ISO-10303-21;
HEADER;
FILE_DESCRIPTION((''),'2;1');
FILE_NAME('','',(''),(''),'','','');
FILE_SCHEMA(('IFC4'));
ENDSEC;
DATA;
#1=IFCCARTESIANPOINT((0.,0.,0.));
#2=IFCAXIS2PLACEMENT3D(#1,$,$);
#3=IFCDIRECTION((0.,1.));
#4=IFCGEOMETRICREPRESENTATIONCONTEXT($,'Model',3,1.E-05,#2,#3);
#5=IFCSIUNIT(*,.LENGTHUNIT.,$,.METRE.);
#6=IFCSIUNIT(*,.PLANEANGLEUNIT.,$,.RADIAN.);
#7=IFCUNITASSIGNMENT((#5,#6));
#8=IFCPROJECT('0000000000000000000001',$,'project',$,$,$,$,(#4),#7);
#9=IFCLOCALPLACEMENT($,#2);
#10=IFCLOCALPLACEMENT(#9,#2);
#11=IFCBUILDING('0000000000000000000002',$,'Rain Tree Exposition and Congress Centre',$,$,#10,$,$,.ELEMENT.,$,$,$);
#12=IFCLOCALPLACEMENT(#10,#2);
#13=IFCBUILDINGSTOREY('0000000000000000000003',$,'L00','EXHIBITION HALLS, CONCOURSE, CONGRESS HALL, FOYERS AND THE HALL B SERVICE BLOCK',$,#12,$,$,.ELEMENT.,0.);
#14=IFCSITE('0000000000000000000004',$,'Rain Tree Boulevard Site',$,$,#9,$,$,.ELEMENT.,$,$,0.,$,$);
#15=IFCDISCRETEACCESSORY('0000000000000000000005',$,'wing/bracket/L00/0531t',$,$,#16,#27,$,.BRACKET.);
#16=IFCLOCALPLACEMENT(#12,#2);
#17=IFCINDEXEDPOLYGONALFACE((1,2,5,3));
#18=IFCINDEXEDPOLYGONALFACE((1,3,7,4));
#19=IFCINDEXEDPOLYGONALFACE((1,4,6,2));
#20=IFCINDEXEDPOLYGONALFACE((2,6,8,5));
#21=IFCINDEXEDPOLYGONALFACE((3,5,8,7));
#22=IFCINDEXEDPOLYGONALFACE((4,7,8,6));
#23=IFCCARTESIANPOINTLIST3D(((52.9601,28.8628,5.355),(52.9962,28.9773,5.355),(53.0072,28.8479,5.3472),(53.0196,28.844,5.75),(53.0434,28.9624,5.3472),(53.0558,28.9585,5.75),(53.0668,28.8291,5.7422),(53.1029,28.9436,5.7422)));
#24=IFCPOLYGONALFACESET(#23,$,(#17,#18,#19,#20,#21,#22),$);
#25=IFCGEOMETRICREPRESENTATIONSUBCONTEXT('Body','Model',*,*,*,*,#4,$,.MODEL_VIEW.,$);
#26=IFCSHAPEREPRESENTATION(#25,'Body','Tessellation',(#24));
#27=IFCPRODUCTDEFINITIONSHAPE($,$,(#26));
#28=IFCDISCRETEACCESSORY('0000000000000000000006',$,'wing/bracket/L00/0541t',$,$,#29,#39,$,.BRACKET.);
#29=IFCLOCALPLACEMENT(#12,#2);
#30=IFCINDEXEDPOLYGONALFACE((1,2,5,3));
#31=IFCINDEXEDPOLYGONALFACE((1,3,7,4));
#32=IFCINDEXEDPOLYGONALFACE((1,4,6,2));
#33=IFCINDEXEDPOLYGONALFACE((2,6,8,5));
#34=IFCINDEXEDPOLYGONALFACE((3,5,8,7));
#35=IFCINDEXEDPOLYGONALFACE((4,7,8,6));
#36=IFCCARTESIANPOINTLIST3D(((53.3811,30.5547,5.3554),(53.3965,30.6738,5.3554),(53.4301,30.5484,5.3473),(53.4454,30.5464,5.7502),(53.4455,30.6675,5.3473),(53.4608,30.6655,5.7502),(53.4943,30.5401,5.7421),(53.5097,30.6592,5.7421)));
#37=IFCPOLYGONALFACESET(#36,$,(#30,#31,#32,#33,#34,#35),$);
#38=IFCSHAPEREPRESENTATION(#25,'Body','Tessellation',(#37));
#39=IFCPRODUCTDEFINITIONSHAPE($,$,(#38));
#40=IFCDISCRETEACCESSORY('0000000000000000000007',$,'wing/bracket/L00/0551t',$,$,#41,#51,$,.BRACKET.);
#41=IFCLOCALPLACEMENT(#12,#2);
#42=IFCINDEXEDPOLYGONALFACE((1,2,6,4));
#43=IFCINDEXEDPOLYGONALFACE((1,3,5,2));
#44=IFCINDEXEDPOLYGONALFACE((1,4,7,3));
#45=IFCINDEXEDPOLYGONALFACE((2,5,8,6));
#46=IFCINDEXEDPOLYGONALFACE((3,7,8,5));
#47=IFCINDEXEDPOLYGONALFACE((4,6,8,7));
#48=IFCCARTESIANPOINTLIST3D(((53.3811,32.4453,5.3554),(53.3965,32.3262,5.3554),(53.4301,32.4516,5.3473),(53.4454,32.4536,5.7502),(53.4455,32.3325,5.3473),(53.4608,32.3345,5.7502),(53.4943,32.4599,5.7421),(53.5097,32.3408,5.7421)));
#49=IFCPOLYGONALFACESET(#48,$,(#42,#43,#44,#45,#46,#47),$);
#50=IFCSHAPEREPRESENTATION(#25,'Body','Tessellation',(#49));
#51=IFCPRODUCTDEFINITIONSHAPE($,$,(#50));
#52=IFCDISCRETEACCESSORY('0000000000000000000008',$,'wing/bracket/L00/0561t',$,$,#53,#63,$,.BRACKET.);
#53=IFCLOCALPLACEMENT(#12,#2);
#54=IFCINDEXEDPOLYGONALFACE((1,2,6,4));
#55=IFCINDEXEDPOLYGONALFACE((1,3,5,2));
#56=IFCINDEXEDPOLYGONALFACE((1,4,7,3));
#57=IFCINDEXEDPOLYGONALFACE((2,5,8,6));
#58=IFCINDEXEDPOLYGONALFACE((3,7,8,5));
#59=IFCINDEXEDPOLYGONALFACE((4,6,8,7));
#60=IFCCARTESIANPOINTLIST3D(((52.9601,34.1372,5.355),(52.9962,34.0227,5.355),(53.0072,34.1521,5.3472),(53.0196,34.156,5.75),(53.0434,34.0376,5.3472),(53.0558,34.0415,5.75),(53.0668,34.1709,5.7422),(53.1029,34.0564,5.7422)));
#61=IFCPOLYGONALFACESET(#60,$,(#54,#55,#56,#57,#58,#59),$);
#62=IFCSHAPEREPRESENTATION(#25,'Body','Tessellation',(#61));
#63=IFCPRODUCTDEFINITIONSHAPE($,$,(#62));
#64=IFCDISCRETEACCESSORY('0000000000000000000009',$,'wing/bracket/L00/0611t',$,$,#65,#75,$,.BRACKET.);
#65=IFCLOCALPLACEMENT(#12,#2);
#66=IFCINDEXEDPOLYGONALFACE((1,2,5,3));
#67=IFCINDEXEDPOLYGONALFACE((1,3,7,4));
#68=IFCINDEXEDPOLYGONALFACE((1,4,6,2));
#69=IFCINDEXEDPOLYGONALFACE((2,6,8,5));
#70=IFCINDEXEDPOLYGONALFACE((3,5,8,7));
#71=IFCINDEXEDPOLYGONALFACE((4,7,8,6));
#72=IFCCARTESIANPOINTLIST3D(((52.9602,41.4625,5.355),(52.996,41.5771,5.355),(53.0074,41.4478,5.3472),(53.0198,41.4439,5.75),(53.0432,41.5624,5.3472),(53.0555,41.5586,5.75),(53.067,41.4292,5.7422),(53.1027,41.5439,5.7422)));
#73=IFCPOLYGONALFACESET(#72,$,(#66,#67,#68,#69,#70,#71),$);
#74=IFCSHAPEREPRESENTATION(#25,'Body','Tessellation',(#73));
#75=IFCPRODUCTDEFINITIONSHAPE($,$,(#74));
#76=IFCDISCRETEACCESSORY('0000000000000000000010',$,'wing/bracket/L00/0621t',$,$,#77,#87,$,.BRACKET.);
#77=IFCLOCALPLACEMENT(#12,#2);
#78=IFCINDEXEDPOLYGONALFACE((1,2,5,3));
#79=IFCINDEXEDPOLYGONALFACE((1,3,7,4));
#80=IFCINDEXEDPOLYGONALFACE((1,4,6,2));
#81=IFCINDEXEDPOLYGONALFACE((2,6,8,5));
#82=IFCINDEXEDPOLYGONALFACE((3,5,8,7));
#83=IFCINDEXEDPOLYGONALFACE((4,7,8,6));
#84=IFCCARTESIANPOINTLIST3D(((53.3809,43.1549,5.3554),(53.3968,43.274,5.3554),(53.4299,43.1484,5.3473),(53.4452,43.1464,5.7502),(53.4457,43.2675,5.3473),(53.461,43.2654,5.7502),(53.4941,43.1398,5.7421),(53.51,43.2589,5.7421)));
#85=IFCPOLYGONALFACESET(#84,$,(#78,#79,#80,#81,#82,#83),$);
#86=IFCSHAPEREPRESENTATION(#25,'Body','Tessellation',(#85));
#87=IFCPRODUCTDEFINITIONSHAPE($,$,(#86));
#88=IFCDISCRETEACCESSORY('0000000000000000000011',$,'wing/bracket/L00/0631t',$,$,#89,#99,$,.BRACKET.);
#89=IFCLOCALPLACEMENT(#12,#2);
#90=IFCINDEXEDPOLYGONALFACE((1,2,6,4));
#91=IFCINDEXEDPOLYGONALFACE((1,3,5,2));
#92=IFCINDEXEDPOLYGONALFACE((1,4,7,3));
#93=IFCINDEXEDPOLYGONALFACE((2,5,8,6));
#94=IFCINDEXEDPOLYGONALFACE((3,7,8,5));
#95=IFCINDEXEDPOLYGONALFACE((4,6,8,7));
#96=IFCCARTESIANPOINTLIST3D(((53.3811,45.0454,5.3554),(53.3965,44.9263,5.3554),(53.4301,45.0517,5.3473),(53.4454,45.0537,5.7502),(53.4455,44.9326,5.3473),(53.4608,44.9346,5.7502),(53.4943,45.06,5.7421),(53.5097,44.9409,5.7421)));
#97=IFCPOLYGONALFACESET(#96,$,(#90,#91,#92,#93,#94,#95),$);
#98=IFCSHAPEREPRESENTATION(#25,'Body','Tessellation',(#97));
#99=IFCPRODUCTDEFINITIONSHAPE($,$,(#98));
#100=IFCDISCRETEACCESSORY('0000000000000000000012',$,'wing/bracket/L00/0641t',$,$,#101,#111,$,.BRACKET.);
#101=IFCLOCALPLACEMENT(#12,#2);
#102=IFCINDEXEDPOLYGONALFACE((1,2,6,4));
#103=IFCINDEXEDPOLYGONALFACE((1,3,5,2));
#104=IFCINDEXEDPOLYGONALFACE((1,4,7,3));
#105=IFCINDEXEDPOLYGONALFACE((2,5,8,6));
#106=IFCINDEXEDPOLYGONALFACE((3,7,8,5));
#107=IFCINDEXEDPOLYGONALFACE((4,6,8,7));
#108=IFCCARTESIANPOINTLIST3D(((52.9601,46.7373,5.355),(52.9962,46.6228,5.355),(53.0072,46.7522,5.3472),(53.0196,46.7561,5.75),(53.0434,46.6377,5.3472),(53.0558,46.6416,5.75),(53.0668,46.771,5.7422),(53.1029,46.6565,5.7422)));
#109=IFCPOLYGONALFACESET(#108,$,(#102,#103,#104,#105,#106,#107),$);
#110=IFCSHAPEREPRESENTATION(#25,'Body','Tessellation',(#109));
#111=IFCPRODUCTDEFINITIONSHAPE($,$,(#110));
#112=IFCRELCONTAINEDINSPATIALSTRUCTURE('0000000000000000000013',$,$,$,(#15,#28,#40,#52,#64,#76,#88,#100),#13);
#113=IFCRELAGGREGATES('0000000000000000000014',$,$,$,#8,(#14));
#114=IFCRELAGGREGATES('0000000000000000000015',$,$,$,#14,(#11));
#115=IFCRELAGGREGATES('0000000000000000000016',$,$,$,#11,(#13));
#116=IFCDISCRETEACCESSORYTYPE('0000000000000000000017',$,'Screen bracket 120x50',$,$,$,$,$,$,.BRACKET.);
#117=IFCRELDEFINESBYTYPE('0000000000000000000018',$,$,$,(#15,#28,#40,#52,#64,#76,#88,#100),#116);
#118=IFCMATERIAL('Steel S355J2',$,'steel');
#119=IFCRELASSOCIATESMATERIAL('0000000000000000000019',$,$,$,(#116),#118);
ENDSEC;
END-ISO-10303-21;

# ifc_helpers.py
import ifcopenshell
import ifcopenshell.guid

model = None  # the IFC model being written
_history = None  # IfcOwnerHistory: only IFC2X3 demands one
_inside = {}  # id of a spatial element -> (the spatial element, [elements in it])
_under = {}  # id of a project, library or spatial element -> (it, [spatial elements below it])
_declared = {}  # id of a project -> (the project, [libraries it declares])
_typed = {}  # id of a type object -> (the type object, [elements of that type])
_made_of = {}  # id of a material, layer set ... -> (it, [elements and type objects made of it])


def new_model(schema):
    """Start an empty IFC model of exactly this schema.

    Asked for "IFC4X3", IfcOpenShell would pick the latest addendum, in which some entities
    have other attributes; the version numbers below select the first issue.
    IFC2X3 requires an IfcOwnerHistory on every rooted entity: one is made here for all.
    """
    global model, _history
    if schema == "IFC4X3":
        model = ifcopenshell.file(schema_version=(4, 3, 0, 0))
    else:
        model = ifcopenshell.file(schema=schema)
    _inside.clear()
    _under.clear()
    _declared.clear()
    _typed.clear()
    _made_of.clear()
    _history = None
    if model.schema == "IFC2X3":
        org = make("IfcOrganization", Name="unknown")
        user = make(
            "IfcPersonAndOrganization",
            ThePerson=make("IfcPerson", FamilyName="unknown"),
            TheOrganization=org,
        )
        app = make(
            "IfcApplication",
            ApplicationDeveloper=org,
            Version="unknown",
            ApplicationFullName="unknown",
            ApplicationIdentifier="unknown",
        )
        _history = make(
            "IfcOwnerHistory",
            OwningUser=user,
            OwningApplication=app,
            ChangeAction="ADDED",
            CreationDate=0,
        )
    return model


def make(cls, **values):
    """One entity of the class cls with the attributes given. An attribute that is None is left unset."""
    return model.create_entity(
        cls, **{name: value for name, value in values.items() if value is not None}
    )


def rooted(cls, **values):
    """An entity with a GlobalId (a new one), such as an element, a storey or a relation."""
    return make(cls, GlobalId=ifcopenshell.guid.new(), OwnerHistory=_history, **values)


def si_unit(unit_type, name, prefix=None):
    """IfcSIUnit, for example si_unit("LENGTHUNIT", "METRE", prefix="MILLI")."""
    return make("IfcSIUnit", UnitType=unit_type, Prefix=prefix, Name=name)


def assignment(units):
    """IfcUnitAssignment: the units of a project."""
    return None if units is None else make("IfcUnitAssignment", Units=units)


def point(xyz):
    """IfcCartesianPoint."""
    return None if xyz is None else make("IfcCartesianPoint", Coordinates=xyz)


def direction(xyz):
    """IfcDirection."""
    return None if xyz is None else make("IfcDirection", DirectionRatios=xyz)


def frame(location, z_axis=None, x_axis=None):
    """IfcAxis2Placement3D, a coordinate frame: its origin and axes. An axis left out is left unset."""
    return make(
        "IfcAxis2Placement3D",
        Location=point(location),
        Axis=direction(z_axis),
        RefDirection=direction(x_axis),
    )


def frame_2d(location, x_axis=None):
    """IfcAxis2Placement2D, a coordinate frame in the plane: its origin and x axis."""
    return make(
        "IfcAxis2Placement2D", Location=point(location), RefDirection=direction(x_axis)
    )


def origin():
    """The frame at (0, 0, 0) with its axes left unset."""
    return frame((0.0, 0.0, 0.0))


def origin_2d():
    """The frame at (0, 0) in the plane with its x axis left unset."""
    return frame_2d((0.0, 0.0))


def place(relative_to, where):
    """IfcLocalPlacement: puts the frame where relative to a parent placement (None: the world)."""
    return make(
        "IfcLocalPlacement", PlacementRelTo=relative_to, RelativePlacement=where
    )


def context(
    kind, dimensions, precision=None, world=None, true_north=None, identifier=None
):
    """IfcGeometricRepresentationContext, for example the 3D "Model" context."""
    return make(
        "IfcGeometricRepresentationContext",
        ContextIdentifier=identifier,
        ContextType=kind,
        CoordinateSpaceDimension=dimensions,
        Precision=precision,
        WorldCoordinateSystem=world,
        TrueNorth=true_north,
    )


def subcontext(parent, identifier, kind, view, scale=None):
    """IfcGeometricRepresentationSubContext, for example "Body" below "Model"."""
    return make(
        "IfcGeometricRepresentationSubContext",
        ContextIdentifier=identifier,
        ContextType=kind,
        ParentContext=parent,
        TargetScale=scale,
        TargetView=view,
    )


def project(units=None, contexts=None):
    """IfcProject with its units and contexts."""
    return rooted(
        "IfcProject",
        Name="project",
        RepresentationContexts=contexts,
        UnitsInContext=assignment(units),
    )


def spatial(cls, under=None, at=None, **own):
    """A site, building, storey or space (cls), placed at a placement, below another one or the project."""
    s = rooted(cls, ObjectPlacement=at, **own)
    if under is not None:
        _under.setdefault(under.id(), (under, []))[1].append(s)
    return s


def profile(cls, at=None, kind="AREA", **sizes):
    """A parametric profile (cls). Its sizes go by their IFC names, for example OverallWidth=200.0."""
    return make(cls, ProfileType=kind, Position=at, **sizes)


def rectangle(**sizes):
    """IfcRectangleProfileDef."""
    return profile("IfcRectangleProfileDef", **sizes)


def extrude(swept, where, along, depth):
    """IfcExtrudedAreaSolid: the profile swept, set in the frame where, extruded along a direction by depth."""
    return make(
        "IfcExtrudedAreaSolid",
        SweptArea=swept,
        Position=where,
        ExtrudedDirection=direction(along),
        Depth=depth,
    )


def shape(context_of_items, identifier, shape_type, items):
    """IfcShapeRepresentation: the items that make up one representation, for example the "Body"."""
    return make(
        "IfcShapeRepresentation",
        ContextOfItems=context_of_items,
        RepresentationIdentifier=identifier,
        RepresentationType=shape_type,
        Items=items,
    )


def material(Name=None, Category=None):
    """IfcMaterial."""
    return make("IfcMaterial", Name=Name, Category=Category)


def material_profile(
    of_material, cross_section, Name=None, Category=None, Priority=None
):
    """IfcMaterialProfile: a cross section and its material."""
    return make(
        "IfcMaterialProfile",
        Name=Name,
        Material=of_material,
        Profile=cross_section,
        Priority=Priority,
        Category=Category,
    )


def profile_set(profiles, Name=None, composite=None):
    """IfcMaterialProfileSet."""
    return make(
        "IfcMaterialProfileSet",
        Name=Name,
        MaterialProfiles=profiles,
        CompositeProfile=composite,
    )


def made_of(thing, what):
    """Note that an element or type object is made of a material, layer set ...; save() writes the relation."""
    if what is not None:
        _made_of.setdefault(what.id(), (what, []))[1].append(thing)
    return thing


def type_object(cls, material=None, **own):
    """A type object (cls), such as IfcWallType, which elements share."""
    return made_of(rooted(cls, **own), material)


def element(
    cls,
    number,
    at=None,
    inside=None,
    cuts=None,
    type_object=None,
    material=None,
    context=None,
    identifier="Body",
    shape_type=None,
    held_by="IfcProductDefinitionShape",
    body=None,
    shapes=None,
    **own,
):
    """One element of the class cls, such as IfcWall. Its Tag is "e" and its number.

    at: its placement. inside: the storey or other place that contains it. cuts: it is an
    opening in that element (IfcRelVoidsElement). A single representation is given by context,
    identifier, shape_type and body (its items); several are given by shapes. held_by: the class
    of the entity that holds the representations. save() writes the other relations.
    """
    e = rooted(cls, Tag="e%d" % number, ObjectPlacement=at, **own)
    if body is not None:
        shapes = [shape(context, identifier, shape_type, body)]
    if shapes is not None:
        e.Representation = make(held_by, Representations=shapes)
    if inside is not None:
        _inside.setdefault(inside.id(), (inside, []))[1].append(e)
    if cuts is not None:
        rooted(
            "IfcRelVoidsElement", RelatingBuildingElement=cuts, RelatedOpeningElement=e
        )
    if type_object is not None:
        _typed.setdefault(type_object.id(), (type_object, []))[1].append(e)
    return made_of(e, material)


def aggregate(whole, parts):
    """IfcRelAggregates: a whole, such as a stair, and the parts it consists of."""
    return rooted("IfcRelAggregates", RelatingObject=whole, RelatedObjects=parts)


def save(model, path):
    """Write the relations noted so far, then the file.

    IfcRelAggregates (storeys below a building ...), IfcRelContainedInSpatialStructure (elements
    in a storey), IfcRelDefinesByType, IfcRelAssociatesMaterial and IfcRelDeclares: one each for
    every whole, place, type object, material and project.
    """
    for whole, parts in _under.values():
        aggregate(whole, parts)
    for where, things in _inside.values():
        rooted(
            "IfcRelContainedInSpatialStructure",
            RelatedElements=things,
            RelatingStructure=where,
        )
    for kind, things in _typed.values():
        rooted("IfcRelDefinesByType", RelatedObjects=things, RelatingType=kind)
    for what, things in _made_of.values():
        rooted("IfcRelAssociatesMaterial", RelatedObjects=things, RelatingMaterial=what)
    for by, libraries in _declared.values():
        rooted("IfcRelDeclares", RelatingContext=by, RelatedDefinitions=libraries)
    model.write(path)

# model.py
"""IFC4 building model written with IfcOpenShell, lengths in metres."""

from ifc_helpers import new_model, si_unit, direction, frame, origin, origin_2d, place, context, subcontext, project, spatial, rectangle, extrude, material, material_profile, profile_set, type_object, element, save


model = new_model("IFC4")

# Units and contexts
model_context = context("Model", 3, precision=1e-05, world=origin(), true_north=direction((0.0, 1.0)))
body_context = subcontext(model_context, "Body", "Model", "MODEL_VIEW")
ifc_project = project(units=[si_unit("LENGTHUNIT", "METRE"), si_unit("PLANEANGLEUNIT", "RADIAN")], contexts=[model_context])

# Site, building, storey
site_placement = place(None, origin())
site = spatial("IfcSite", under=ifc_project, at=site_placement, Name="Rain Tree Boulevard Site", CompositionType="ELEMENT", RefElevation=0.0)
building_placement = place(site_placement, origin())
building = spatial("IfcBuilding", under=site, at=building_placement, Name="Rain Tree Exposition and Congress Centre", CompositionType="ELEMENT")
storey_placement = place(building_placement, origin())
storey = spatial("IfcBuildingStorey", under=building, at=storey_placement, Name="L00", Description="EXHIBITION HALLS, CONCOURSE, CONGRESS HALL, FOYERS AND THE HALL B SERVICE BLOCK", CompositionType="ELEMENT", Elevation=0.0)

# Discrete accessories
ifc_material_1 = material(Name="Steel S355J2", Category="steel")
ifc_material_profile_1 = material_profile(ifc_material_1, rectangle(XDim=0.1201, YDim=0.05, at=origin_2d()), Name="Flat bar 120x50")
ifc_profile_set_1 = profile_set([ifc_material_profile_1], Name="Steel S355J2")
discrete_accessory_type = type_object("IfcDiscreteAccessoryType", Name="Screen bracket 120x50", PredefinedType="BRACKET", material=ifc_profile_set_1)
discrete_accessory_1_placement = place(storey_placement, frame((53.0017, 28.9126, 5.3511), z_axis=(0.148953, -0.047006, 0.987726), x_axis=(0.300944, 0.953642, 0.0)))
element("IfcDiscreteAccessory", 1, at=discrete_accessory_1_placement, inside=storey, type_object=discrete_accessory_type, Name="wing/bracket/L00/0531t", PredefinedType="BRACKET", context=body_context, shape_type="SweptSolid", body=[
    extrude(rectangle(XDim=0.1201, YDim=0.05, at=origin_2d()), origin(), (0.0, 0.0, 1.0), 0.3999),
])
for number, where, z_axis, x_axis, name in (
    (2, (53.4133, 30.6111, 5.3513), (0.160503, -0.020749, 0.986817), (0.128211, 0.991747, 0.0), "wing/bracket/L00/0541t"),
    (3, (53.4133, 32.3889, 5.3513), (0.160503, 0.020749, 0.986817), (-0.128211, 0.991747, 0.0), "wing/bracket/L00/0551t"),
):
    element("IfcDiscreteAccessory", number, at=place(storey_placement, frame(where, z_axis=z_axis, x_axis=x_axis)), inside=storey, type_object=discrete_accessory_type, Name=name, PredefinedType="BRACKET", context=body_context, shape_type="SweptSolid", body=[
        extrude(rectangle(XDim=0.1201, YDim=0.05, at=origin_2d()), origin(), (0.0, 0.0, 1.0), 0.4001),
    ])
for number, where, z_axis, x_axis, name in (
    (4, (53.0017, 34.0874, 5.3511), (0.148953, 0.047006, 0.987726), (-0.300944, 0.953642, 0.0), "wing/bracket/L00/0561t"),
    (5, (53.0017, 41.5125, 5.3511), (0.148957, -0.046396, 0.987755), (0.297384, 0.954758, 0.0), "wing/bracket/L00/0611t"),
):
    element("IfcDiscreteAccessory", number, at=place(storey_placement, frame(where, z_axis=z_axis, x_axis=x_axis)), inside=storey, type_object=discrete_accessory_type, Name=name, PredefinedType="BRACKET", context=body_context, shape_type="SweptSolid", body=[
        extrude(rectangle(XDim=0.1201, YDim=0.05, at=origin_2d()), origin(), (0.0, 0.0, 1.0), 0.3999),
    ])
for number, where, z_axis, x_axis, name in (
    (6, (53.4133, 43.2112, 5.3513), (0.160501, -0.021359, 0.986805), (0.131917, 0.991261, 0.0), "wing/bracket/L00/0621t"),
    (7, (53.4133, 44.989, 5.3513), (0.160503, 0.020749, 0.986817), (-0.128211, 0.991747, 0.0), "wing/bracket/L00/0631t"),
):
    element("IfcDiscreteAccessory", number, at=place(storey_placement, frame(where, z_axis=z_axis, x_axis=x_axis)), inside=storey, type_object=discrete_accessory_type, Name=name, PredefinedType="BRACKET", context=body_context, shape_type="SweptSolid", body=[
        extrude(rectangle(XDim=0.1201, YDim=0.05, at=origin_2d()), origin(), (0.0, 0.0, 1.0), 0.4001),
    ])
discrete_accessory_2_placement = place(storey_placement, frame((53.0017, 46.6875, 5.3511), z_axis=(0.148953, 0.047006, 0.987726), x_axis=(-0.300944, 0.953642, 0.0)))
element("IfcDiscreteAccessory", 8, at=discrete_accessory_2_placement, inside=storey, type_object=discrete_accessory_type, Name="wing/bracket/L00/0641t", PredefinedType="BRACKET", context=body_context, shape_type="SweptSolid", body=[
    extrude(rectangle(XDim=0.1201, YDim=0.05, at=origin_2d()), origin(), (0.0, 0.0, 1.0), 0.3999),
])

save(model, "model.ifc")
